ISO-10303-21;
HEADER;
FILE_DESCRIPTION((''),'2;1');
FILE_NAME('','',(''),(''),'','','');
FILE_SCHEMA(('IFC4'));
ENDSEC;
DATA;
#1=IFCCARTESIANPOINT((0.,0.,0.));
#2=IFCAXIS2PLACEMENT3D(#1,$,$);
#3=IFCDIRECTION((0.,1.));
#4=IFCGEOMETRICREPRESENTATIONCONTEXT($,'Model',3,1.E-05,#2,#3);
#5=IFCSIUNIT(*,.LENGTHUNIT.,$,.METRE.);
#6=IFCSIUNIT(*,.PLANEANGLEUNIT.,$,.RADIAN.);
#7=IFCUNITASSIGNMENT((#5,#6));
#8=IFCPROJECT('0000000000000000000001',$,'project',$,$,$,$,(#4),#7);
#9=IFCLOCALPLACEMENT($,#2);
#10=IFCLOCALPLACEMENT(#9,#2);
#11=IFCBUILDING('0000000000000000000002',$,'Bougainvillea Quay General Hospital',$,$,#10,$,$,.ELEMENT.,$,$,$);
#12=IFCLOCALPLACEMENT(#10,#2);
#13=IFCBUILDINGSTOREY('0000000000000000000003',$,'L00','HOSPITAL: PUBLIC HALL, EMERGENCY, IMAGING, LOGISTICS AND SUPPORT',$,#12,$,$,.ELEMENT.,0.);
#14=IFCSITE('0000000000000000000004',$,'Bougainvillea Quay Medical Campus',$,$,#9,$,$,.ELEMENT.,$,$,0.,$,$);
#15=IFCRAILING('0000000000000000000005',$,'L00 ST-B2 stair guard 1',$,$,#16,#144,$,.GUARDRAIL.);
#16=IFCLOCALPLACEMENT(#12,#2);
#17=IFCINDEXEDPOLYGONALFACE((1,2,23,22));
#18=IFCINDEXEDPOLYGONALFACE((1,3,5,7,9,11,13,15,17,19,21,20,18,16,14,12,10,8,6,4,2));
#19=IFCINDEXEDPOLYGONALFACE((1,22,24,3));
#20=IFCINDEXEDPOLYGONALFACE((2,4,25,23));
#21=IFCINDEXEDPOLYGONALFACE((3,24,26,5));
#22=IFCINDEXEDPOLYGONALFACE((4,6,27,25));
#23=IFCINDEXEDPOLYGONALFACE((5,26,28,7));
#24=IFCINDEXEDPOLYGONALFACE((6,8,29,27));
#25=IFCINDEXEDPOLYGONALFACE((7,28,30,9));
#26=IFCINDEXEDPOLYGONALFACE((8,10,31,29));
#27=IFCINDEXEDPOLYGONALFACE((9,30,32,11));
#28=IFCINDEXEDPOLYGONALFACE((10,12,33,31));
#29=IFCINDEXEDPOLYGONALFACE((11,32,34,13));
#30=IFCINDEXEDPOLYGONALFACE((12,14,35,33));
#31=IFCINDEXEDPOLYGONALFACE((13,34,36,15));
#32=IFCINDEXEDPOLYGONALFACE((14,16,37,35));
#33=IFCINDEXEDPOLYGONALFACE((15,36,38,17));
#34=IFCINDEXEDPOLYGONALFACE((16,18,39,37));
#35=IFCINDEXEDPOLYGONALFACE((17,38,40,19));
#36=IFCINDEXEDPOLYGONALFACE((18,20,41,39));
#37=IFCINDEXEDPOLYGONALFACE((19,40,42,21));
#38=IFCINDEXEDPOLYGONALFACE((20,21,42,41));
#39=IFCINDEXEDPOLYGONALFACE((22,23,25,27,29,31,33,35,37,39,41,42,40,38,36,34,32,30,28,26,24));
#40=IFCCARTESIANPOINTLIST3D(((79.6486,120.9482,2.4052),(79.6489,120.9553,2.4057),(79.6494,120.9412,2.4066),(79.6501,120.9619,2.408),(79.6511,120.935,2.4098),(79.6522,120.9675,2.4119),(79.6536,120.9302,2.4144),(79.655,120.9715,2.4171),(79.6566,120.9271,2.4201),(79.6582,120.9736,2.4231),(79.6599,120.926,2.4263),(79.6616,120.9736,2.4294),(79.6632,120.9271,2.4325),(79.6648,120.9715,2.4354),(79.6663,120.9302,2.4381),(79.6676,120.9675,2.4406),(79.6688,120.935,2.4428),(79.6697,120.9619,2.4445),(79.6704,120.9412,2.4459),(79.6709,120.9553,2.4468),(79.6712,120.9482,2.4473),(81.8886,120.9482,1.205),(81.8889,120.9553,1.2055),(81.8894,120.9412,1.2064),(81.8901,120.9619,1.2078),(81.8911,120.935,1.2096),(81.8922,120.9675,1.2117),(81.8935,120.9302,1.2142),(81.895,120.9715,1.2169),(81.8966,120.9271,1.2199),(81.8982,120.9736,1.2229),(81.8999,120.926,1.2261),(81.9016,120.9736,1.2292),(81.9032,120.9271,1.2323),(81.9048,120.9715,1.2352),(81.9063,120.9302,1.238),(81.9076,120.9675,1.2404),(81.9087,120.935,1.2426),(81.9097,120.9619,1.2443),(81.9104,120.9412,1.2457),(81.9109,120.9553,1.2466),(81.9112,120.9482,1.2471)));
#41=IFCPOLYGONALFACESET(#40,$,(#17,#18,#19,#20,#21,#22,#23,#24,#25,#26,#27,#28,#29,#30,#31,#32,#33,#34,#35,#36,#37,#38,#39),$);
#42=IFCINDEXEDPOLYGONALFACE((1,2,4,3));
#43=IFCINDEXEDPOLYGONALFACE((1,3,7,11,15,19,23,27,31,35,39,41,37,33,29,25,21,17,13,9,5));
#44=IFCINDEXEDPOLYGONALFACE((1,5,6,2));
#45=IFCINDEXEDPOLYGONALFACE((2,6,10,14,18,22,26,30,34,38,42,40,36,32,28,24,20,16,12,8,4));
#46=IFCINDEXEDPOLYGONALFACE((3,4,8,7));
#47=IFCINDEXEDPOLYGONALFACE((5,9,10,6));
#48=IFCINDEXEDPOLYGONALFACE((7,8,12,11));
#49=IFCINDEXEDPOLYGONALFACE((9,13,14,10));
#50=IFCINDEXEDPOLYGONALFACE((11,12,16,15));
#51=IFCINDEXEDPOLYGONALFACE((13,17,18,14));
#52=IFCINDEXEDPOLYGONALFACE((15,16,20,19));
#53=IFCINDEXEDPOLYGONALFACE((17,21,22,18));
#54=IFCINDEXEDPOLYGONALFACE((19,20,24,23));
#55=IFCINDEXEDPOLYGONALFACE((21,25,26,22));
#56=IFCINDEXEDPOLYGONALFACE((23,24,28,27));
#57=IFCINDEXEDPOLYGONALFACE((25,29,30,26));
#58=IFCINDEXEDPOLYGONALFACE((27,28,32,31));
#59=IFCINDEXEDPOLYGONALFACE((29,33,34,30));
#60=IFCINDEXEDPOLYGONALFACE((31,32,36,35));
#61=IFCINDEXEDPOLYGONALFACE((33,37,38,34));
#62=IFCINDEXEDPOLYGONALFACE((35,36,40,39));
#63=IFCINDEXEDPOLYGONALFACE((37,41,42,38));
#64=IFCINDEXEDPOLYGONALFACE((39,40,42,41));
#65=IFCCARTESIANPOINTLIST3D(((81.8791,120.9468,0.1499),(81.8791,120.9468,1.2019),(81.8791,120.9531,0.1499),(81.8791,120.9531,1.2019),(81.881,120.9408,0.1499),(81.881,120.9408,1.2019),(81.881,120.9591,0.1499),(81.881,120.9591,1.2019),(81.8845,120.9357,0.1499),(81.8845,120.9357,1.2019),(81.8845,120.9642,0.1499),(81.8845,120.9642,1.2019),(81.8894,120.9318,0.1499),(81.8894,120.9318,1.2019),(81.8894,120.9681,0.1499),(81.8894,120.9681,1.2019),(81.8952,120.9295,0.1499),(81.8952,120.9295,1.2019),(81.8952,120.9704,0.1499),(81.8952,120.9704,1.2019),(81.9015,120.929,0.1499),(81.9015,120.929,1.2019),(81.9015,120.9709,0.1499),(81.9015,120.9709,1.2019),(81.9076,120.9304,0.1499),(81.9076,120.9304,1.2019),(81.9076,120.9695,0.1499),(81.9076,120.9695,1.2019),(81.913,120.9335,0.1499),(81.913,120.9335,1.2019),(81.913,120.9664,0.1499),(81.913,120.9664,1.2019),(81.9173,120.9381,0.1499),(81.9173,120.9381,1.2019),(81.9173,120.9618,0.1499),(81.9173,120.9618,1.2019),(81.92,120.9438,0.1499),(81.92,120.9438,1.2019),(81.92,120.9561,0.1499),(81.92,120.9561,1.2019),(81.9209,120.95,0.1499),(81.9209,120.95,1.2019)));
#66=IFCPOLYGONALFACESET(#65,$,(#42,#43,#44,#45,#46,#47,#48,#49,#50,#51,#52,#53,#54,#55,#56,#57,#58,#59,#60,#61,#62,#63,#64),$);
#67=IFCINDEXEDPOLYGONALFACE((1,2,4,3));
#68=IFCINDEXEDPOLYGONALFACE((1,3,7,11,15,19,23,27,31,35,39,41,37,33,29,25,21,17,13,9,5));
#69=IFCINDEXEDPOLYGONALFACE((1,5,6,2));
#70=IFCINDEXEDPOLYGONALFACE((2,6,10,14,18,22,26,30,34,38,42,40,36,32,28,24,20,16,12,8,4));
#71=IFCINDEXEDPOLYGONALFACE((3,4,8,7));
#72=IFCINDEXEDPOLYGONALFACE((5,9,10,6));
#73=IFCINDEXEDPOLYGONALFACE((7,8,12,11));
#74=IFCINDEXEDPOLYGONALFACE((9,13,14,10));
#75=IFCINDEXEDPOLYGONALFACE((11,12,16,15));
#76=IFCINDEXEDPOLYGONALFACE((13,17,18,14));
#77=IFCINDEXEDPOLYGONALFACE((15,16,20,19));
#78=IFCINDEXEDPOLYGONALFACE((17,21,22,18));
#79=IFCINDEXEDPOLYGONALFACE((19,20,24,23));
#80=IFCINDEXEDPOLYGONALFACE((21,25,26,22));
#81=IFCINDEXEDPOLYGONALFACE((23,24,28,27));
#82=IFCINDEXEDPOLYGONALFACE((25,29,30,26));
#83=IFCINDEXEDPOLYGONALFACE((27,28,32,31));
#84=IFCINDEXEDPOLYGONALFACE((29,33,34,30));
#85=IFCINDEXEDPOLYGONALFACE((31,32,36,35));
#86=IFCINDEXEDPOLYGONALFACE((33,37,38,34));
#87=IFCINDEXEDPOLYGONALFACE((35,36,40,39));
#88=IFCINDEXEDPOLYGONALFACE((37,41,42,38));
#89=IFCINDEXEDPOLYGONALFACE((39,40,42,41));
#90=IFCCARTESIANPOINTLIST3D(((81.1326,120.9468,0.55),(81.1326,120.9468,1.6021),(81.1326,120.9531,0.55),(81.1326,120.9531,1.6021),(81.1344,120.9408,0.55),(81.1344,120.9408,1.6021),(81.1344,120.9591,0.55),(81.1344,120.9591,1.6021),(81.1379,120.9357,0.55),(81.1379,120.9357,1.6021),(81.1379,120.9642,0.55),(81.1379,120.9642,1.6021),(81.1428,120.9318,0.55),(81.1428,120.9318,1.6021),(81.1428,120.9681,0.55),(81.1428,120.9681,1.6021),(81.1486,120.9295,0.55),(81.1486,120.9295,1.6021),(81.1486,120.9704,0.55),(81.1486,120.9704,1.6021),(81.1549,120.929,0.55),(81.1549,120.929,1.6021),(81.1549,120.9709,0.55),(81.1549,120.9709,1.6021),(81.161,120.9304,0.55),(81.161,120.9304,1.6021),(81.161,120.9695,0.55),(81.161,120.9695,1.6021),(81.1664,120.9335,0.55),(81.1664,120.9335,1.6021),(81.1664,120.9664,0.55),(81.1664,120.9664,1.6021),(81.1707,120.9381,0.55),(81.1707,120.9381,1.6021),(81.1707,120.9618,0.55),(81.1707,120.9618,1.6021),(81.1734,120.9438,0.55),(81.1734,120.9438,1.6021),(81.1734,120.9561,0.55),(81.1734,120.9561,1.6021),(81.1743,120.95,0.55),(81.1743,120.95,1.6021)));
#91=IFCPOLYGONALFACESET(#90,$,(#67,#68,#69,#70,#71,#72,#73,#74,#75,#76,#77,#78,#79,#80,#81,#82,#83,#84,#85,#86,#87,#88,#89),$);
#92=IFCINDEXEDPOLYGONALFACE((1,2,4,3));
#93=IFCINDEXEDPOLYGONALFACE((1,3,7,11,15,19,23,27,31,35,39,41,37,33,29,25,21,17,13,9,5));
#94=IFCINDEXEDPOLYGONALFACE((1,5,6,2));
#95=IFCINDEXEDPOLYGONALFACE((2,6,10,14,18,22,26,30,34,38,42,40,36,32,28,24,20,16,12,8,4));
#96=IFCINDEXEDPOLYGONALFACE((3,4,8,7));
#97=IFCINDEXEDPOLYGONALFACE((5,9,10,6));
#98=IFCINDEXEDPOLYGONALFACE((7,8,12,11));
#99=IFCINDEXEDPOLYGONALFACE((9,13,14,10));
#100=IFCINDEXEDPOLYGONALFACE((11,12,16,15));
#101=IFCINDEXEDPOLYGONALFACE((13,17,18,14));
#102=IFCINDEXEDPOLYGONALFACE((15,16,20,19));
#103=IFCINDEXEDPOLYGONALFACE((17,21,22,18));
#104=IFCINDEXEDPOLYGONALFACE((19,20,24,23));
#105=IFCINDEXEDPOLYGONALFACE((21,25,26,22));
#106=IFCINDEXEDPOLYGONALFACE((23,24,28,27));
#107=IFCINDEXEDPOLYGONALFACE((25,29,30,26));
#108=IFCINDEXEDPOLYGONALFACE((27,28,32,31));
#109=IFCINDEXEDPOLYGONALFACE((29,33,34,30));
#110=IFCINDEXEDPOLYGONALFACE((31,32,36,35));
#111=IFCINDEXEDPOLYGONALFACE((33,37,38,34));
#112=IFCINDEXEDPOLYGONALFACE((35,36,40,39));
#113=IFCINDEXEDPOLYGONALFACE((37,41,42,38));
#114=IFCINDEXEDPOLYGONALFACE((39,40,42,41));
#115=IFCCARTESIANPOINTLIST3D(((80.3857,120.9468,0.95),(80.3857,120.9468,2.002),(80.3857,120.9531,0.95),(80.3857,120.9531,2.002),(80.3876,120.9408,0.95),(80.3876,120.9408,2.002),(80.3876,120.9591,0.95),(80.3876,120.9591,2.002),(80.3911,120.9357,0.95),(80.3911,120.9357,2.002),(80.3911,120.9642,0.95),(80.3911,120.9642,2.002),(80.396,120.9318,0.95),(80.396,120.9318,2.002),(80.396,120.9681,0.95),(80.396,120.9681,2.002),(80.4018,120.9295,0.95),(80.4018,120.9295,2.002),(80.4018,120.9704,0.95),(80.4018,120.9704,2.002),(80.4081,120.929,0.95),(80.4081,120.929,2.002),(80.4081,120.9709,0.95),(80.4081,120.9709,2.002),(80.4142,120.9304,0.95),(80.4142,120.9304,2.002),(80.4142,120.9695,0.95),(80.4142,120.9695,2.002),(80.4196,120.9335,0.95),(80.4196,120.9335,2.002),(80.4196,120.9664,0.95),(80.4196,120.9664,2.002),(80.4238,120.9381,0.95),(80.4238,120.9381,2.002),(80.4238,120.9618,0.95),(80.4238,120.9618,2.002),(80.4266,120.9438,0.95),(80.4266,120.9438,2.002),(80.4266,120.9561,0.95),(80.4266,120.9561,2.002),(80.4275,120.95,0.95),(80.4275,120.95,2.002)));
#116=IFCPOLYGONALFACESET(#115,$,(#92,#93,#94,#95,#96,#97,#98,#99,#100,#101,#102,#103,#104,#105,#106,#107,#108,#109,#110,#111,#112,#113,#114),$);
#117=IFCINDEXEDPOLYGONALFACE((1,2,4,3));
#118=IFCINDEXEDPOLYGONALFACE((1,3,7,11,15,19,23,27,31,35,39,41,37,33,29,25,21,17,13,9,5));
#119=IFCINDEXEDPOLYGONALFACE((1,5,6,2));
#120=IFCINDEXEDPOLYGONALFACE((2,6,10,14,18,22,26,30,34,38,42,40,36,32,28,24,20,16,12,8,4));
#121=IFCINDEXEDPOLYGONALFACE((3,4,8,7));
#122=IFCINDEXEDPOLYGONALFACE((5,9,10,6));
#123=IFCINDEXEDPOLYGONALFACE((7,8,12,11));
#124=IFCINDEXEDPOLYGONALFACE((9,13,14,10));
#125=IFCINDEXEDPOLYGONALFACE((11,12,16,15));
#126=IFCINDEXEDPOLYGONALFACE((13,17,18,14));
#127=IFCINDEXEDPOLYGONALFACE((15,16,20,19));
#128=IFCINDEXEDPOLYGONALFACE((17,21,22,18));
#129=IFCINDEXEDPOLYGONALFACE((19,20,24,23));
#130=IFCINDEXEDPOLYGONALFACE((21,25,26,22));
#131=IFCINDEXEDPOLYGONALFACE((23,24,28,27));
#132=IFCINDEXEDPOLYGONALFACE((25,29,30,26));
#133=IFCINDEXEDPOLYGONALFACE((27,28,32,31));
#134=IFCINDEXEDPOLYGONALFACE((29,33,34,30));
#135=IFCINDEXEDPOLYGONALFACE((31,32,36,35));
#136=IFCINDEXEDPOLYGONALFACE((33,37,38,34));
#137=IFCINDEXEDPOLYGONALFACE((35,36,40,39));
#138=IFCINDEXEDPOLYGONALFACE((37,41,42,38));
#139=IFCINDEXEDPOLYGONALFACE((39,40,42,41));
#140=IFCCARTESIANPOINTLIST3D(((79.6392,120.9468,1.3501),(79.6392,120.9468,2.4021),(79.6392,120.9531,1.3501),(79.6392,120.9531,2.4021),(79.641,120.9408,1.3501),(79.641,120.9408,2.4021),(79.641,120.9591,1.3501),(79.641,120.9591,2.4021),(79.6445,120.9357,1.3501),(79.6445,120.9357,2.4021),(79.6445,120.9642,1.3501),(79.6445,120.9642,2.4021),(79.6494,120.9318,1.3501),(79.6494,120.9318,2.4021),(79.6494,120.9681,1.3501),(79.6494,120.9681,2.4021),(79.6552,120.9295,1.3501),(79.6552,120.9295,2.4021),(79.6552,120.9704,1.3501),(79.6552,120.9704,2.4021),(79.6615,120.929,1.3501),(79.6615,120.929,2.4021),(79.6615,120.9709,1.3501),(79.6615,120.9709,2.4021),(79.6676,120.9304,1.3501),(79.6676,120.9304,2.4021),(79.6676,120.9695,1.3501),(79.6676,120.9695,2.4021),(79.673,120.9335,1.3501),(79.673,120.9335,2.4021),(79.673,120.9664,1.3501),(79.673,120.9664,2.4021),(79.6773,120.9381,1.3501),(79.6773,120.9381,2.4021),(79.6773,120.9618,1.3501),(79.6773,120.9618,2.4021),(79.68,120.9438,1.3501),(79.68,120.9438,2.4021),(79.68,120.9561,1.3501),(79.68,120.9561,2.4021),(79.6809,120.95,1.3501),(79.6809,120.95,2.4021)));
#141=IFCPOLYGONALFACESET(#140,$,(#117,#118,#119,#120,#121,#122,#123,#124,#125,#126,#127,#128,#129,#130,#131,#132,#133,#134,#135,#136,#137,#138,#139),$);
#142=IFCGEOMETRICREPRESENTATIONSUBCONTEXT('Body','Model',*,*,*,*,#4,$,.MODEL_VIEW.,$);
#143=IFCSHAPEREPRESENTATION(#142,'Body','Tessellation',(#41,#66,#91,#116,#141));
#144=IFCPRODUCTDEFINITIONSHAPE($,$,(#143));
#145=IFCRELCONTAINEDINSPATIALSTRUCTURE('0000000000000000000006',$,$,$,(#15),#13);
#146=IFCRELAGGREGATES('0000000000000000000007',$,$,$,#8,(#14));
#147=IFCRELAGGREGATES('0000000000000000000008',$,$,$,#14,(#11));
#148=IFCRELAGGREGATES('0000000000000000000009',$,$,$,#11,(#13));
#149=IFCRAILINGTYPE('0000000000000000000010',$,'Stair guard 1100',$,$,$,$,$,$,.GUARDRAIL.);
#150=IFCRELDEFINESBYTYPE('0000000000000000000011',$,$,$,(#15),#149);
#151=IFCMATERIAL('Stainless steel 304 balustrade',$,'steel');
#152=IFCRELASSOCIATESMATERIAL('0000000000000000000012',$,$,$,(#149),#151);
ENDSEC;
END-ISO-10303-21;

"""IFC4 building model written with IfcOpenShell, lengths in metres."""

from ifc_helpers import new_model, si_unit, direction, frame, origin, origin_2d, place, context, subcontext, project, spatial, circle, extrude, material, type_object, element, save


model = new_model("IFC4")

# Units and contexts
model_context = context("Model", 3, precision=1e-05, world=origin(), true_north=direction((0.0, 1.0)))
body_context = subcontext(model_context, "Body", "Model", "MODEL_VIEW")
ifc_project = project(units=[si_unit("LENGTHUNIT", "METRE"), si_unit("PLANEANGLEUNIT", "RADIAN")], contexts=[model_context])

# Site, building, storey
site_placement = place(None, origin())
site = spatial("IfcSite", under=ifc_project, at=site_placement, Name="Bougainvillea Quay Medical Campus", CompositionType="ELEMENT", RefElevation=0.0)
building_placement = place(site_placement, origin())
building = spatial("IfcBuilding", under=site, at=building_placement, Name="Bougainvillea Quay General Hospital", CompositionType="ELEMENT")
storey_placement = place(building_placement, origin())
storey = spatial("IfcBuildingStorey", under=building, at=storey_placement, Name="L00", Description="HOSPITAL: PUBLIC HALL, EMERGENCY, IMAGING, LOGISTICS AND SUPPORT", CompositionType="ELEMENT", Elevation=0.0)

# Railing
ifc_material_1 = material(Name="Stainless steel 304 balustrade", Category="steel")
railing_type_1 = type_object("IfcRailingType", Name="Stair guard 1100", PredefinedType="GUARDRAIL", material=ifc_material_1)
railing_1_placement = place(storey_placement, frame((81.8999, 120.95, 0.1499)))
element("IfcRailing", 1, at=railing_1_placement, inside=storey, type_object=railing_type_1, Name="L00 ST-B2 stair guard 1", PredefinedType="GUARDRAIL", context=body_context, shape_type="SweptSolid", body=[
    extrude(circle(Radius=0.0239, at=origin_2d()), frame((0.0, 0.0, 1.0762), z_axis=(-0.881447, 0.0, 0.472283), x_axis=(0.0, -1.0, 0.0)), (0.0, 0.0, 1.0), 2.5413),
    extrude(circle(Radius=0.021, at=origin_2d()), origin(), (0.0, 0.0, 1.0), 1.052),
    extrude(circle(Radius=0.021, at=origin_2d()), frame((-0.7466, 0.0, 0.4001)), (0.0, 0.0, 1.0), 1.052),
    extrude(circle(Radius=0.021, at=origin_2d()), frame((-1.4934, 0.0, 0.8)), (0.0, 0.0, 1.0), 1.052),
    extrude(circle(Radius=0.021, at=origin_2d()), frame((-2.24, 0.0, 1.2002)), (0.0, 0.0, 1.0), 1.052),
])

save(model, "model.ifc")
